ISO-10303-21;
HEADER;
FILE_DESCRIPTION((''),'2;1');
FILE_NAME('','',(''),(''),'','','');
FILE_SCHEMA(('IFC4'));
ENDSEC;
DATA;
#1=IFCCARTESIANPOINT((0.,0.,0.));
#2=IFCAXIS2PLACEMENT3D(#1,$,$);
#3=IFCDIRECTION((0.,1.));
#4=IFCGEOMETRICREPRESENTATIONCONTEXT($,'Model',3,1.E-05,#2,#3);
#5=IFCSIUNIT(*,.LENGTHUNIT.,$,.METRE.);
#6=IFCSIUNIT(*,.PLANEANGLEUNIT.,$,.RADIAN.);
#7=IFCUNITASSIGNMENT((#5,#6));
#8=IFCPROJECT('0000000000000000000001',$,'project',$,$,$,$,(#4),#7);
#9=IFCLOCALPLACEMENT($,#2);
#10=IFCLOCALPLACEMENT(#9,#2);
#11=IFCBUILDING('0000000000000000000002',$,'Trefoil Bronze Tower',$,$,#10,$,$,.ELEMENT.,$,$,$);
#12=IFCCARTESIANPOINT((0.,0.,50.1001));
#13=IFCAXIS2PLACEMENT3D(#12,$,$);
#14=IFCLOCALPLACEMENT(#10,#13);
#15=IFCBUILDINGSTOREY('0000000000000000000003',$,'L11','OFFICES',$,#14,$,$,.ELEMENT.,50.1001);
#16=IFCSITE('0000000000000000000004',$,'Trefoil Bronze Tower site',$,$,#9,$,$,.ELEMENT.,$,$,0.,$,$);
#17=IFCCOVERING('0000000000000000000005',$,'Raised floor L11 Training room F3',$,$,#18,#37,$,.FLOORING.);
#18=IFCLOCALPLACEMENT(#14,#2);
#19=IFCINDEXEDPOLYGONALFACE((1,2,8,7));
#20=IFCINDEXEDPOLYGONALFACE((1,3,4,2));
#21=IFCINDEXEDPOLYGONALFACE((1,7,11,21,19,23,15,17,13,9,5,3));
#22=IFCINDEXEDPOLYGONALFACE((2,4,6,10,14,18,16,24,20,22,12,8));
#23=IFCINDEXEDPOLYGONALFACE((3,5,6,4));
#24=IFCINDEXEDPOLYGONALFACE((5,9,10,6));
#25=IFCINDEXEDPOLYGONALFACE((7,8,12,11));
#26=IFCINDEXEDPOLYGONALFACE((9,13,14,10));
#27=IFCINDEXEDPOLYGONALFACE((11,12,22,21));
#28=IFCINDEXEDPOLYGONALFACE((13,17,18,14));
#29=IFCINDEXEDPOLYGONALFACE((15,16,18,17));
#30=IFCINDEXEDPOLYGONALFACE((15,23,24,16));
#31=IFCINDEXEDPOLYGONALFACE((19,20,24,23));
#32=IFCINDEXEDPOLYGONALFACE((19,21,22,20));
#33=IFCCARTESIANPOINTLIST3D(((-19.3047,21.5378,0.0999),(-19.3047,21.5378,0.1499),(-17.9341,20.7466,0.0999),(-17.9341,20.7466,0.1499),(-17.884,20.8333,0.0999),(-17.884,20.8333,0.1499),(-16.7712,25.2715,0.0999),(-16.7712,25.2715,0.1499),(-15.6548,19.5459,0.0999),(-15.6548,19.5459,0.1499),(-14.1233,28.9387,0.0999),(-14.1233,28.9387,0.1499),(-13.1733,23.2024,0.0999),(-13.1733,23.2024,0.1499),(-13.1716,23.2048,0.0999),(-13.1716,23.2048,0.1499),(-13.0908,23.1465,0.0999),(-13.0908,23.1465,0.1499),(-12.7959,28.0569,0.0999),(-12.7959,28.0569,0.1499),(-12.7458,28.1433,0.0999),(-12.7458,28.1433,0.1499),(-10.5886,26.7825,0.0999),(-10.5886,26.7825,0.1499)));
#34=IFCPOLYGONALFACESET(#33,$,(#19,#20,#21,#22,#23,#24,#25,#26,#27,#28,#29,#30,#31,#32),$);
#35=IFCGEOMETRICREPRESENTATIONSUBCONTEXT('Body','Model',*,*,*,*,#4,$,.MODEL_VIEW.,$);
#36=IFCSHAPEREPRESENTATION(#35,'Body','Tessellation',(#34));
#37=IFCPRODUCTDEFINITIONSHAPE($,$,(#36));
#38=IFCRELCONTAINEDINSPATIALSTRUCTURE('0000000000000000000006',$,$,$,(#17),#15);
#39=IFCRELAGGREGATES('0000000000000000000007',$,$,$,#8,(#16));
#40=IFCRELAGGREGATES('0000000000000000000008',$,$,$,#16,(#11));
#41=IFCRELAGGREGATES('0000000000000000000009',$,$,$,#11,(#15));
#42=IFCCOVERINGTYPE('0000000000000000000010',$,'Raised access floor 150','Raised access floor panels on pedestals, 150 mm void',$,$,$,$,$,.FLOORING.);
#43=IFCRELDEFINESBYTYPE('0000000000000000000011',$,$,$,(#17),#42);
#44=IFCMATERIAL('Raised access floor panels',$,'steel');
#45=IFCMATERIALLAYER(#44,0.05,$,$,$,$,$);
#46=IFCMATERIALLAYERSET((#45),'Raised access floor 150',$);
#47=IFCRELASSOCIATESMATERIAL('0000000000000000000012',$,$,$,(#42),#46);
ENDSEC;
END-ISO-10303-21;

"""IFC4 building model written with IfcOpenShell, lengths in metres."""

from ifc_helpers import new_model, si_unit, direction, frame, origin, place, context, subcontext, project, spatial, polyline, outline, extrude, material, layer, layer_set, type_object, element, save


model = new_model("IFC4")

# Units and contexts
model_context = context("Model", 3, precision=1e-05, world=origin(), true_north=direction((0.0, 1.0)))
body_context = subcontext(model_context, "Body", "Model", "MODEL_VIEW")
ifc_project = project(units=[si_unit("LENGTHUNIT", "METRE"), si_unit("PLANEANGLEUNIT", "RADIAN")], contexts=[model_context])

# Site, building, storey
site_placement = place(None, origin())
site = spatial("IfcSite", under=ifc_project, at=site_placement, Name="Trefoil Bronze Tower site", CompositionType="ELEMENT", RefElevation=0.0)
building_placement = place(site_placement, origin())
building = spatial("IfcBuilding", under=site, at=building_placement, Name="Trefoil Bronze Tower", CompositionType="ELEMENT")
storey_placement = place(building_placement, frame((0.0, 0.0, 50.1001)))
storey = spatial("IfcBuildingStorey", under=building, at=storey_placement, Name="L11", Description="OFFICES", CompositionType="ELEMENT", Elevation=50.1001)

# Covering
ifc_material_1 = material(Name="Raised access floor panels", Category="steel")
ifc_layer_1 = layer(ifc_material_1, 0.05)
ifc_layer_set_1 = layer_set([ifc_layer_1], Name="Raised access floor 150")
covering_type_1 = type_object("IfcCoveringType", Name="Raised access floor 150", Description="Raised access floor panels on pedestals, 150 mm void", PredefinedType="FLOORING", material=ifc_layer_set_1)
covering_1_placement = place(storey_placement, frame((0.0, 0.0, 0.0999)))
element("IfcCovering", 1, at=covering_1_placement, inside=storey, type_object=covering_type_1, Name="Raised floor L11 Training room F3", PredefinedType="FLOORING", context=body_context, shape_type="SweptSolid", body=[
    extrude(outline(polyline([(-16.7712, 25.2715), (-14.1233, 28.9387), (-12.7458, 28.1433), (-12.7959, 28.0569), (-10.5886, 26.7825), (-13.1716, 23.2048), (-13.0908, 23.1465), (-13.1733, 23.2024), (-15.6548, 19.5459), (-17.884, 20.8333), (-17.9341, 20.7466), (-19.3047, 21.5378), (-16.7712, 25.2715)])), origin(), (0.0, 0.0, 1.0), 0.05),
])

save(model, "model.ifc")
